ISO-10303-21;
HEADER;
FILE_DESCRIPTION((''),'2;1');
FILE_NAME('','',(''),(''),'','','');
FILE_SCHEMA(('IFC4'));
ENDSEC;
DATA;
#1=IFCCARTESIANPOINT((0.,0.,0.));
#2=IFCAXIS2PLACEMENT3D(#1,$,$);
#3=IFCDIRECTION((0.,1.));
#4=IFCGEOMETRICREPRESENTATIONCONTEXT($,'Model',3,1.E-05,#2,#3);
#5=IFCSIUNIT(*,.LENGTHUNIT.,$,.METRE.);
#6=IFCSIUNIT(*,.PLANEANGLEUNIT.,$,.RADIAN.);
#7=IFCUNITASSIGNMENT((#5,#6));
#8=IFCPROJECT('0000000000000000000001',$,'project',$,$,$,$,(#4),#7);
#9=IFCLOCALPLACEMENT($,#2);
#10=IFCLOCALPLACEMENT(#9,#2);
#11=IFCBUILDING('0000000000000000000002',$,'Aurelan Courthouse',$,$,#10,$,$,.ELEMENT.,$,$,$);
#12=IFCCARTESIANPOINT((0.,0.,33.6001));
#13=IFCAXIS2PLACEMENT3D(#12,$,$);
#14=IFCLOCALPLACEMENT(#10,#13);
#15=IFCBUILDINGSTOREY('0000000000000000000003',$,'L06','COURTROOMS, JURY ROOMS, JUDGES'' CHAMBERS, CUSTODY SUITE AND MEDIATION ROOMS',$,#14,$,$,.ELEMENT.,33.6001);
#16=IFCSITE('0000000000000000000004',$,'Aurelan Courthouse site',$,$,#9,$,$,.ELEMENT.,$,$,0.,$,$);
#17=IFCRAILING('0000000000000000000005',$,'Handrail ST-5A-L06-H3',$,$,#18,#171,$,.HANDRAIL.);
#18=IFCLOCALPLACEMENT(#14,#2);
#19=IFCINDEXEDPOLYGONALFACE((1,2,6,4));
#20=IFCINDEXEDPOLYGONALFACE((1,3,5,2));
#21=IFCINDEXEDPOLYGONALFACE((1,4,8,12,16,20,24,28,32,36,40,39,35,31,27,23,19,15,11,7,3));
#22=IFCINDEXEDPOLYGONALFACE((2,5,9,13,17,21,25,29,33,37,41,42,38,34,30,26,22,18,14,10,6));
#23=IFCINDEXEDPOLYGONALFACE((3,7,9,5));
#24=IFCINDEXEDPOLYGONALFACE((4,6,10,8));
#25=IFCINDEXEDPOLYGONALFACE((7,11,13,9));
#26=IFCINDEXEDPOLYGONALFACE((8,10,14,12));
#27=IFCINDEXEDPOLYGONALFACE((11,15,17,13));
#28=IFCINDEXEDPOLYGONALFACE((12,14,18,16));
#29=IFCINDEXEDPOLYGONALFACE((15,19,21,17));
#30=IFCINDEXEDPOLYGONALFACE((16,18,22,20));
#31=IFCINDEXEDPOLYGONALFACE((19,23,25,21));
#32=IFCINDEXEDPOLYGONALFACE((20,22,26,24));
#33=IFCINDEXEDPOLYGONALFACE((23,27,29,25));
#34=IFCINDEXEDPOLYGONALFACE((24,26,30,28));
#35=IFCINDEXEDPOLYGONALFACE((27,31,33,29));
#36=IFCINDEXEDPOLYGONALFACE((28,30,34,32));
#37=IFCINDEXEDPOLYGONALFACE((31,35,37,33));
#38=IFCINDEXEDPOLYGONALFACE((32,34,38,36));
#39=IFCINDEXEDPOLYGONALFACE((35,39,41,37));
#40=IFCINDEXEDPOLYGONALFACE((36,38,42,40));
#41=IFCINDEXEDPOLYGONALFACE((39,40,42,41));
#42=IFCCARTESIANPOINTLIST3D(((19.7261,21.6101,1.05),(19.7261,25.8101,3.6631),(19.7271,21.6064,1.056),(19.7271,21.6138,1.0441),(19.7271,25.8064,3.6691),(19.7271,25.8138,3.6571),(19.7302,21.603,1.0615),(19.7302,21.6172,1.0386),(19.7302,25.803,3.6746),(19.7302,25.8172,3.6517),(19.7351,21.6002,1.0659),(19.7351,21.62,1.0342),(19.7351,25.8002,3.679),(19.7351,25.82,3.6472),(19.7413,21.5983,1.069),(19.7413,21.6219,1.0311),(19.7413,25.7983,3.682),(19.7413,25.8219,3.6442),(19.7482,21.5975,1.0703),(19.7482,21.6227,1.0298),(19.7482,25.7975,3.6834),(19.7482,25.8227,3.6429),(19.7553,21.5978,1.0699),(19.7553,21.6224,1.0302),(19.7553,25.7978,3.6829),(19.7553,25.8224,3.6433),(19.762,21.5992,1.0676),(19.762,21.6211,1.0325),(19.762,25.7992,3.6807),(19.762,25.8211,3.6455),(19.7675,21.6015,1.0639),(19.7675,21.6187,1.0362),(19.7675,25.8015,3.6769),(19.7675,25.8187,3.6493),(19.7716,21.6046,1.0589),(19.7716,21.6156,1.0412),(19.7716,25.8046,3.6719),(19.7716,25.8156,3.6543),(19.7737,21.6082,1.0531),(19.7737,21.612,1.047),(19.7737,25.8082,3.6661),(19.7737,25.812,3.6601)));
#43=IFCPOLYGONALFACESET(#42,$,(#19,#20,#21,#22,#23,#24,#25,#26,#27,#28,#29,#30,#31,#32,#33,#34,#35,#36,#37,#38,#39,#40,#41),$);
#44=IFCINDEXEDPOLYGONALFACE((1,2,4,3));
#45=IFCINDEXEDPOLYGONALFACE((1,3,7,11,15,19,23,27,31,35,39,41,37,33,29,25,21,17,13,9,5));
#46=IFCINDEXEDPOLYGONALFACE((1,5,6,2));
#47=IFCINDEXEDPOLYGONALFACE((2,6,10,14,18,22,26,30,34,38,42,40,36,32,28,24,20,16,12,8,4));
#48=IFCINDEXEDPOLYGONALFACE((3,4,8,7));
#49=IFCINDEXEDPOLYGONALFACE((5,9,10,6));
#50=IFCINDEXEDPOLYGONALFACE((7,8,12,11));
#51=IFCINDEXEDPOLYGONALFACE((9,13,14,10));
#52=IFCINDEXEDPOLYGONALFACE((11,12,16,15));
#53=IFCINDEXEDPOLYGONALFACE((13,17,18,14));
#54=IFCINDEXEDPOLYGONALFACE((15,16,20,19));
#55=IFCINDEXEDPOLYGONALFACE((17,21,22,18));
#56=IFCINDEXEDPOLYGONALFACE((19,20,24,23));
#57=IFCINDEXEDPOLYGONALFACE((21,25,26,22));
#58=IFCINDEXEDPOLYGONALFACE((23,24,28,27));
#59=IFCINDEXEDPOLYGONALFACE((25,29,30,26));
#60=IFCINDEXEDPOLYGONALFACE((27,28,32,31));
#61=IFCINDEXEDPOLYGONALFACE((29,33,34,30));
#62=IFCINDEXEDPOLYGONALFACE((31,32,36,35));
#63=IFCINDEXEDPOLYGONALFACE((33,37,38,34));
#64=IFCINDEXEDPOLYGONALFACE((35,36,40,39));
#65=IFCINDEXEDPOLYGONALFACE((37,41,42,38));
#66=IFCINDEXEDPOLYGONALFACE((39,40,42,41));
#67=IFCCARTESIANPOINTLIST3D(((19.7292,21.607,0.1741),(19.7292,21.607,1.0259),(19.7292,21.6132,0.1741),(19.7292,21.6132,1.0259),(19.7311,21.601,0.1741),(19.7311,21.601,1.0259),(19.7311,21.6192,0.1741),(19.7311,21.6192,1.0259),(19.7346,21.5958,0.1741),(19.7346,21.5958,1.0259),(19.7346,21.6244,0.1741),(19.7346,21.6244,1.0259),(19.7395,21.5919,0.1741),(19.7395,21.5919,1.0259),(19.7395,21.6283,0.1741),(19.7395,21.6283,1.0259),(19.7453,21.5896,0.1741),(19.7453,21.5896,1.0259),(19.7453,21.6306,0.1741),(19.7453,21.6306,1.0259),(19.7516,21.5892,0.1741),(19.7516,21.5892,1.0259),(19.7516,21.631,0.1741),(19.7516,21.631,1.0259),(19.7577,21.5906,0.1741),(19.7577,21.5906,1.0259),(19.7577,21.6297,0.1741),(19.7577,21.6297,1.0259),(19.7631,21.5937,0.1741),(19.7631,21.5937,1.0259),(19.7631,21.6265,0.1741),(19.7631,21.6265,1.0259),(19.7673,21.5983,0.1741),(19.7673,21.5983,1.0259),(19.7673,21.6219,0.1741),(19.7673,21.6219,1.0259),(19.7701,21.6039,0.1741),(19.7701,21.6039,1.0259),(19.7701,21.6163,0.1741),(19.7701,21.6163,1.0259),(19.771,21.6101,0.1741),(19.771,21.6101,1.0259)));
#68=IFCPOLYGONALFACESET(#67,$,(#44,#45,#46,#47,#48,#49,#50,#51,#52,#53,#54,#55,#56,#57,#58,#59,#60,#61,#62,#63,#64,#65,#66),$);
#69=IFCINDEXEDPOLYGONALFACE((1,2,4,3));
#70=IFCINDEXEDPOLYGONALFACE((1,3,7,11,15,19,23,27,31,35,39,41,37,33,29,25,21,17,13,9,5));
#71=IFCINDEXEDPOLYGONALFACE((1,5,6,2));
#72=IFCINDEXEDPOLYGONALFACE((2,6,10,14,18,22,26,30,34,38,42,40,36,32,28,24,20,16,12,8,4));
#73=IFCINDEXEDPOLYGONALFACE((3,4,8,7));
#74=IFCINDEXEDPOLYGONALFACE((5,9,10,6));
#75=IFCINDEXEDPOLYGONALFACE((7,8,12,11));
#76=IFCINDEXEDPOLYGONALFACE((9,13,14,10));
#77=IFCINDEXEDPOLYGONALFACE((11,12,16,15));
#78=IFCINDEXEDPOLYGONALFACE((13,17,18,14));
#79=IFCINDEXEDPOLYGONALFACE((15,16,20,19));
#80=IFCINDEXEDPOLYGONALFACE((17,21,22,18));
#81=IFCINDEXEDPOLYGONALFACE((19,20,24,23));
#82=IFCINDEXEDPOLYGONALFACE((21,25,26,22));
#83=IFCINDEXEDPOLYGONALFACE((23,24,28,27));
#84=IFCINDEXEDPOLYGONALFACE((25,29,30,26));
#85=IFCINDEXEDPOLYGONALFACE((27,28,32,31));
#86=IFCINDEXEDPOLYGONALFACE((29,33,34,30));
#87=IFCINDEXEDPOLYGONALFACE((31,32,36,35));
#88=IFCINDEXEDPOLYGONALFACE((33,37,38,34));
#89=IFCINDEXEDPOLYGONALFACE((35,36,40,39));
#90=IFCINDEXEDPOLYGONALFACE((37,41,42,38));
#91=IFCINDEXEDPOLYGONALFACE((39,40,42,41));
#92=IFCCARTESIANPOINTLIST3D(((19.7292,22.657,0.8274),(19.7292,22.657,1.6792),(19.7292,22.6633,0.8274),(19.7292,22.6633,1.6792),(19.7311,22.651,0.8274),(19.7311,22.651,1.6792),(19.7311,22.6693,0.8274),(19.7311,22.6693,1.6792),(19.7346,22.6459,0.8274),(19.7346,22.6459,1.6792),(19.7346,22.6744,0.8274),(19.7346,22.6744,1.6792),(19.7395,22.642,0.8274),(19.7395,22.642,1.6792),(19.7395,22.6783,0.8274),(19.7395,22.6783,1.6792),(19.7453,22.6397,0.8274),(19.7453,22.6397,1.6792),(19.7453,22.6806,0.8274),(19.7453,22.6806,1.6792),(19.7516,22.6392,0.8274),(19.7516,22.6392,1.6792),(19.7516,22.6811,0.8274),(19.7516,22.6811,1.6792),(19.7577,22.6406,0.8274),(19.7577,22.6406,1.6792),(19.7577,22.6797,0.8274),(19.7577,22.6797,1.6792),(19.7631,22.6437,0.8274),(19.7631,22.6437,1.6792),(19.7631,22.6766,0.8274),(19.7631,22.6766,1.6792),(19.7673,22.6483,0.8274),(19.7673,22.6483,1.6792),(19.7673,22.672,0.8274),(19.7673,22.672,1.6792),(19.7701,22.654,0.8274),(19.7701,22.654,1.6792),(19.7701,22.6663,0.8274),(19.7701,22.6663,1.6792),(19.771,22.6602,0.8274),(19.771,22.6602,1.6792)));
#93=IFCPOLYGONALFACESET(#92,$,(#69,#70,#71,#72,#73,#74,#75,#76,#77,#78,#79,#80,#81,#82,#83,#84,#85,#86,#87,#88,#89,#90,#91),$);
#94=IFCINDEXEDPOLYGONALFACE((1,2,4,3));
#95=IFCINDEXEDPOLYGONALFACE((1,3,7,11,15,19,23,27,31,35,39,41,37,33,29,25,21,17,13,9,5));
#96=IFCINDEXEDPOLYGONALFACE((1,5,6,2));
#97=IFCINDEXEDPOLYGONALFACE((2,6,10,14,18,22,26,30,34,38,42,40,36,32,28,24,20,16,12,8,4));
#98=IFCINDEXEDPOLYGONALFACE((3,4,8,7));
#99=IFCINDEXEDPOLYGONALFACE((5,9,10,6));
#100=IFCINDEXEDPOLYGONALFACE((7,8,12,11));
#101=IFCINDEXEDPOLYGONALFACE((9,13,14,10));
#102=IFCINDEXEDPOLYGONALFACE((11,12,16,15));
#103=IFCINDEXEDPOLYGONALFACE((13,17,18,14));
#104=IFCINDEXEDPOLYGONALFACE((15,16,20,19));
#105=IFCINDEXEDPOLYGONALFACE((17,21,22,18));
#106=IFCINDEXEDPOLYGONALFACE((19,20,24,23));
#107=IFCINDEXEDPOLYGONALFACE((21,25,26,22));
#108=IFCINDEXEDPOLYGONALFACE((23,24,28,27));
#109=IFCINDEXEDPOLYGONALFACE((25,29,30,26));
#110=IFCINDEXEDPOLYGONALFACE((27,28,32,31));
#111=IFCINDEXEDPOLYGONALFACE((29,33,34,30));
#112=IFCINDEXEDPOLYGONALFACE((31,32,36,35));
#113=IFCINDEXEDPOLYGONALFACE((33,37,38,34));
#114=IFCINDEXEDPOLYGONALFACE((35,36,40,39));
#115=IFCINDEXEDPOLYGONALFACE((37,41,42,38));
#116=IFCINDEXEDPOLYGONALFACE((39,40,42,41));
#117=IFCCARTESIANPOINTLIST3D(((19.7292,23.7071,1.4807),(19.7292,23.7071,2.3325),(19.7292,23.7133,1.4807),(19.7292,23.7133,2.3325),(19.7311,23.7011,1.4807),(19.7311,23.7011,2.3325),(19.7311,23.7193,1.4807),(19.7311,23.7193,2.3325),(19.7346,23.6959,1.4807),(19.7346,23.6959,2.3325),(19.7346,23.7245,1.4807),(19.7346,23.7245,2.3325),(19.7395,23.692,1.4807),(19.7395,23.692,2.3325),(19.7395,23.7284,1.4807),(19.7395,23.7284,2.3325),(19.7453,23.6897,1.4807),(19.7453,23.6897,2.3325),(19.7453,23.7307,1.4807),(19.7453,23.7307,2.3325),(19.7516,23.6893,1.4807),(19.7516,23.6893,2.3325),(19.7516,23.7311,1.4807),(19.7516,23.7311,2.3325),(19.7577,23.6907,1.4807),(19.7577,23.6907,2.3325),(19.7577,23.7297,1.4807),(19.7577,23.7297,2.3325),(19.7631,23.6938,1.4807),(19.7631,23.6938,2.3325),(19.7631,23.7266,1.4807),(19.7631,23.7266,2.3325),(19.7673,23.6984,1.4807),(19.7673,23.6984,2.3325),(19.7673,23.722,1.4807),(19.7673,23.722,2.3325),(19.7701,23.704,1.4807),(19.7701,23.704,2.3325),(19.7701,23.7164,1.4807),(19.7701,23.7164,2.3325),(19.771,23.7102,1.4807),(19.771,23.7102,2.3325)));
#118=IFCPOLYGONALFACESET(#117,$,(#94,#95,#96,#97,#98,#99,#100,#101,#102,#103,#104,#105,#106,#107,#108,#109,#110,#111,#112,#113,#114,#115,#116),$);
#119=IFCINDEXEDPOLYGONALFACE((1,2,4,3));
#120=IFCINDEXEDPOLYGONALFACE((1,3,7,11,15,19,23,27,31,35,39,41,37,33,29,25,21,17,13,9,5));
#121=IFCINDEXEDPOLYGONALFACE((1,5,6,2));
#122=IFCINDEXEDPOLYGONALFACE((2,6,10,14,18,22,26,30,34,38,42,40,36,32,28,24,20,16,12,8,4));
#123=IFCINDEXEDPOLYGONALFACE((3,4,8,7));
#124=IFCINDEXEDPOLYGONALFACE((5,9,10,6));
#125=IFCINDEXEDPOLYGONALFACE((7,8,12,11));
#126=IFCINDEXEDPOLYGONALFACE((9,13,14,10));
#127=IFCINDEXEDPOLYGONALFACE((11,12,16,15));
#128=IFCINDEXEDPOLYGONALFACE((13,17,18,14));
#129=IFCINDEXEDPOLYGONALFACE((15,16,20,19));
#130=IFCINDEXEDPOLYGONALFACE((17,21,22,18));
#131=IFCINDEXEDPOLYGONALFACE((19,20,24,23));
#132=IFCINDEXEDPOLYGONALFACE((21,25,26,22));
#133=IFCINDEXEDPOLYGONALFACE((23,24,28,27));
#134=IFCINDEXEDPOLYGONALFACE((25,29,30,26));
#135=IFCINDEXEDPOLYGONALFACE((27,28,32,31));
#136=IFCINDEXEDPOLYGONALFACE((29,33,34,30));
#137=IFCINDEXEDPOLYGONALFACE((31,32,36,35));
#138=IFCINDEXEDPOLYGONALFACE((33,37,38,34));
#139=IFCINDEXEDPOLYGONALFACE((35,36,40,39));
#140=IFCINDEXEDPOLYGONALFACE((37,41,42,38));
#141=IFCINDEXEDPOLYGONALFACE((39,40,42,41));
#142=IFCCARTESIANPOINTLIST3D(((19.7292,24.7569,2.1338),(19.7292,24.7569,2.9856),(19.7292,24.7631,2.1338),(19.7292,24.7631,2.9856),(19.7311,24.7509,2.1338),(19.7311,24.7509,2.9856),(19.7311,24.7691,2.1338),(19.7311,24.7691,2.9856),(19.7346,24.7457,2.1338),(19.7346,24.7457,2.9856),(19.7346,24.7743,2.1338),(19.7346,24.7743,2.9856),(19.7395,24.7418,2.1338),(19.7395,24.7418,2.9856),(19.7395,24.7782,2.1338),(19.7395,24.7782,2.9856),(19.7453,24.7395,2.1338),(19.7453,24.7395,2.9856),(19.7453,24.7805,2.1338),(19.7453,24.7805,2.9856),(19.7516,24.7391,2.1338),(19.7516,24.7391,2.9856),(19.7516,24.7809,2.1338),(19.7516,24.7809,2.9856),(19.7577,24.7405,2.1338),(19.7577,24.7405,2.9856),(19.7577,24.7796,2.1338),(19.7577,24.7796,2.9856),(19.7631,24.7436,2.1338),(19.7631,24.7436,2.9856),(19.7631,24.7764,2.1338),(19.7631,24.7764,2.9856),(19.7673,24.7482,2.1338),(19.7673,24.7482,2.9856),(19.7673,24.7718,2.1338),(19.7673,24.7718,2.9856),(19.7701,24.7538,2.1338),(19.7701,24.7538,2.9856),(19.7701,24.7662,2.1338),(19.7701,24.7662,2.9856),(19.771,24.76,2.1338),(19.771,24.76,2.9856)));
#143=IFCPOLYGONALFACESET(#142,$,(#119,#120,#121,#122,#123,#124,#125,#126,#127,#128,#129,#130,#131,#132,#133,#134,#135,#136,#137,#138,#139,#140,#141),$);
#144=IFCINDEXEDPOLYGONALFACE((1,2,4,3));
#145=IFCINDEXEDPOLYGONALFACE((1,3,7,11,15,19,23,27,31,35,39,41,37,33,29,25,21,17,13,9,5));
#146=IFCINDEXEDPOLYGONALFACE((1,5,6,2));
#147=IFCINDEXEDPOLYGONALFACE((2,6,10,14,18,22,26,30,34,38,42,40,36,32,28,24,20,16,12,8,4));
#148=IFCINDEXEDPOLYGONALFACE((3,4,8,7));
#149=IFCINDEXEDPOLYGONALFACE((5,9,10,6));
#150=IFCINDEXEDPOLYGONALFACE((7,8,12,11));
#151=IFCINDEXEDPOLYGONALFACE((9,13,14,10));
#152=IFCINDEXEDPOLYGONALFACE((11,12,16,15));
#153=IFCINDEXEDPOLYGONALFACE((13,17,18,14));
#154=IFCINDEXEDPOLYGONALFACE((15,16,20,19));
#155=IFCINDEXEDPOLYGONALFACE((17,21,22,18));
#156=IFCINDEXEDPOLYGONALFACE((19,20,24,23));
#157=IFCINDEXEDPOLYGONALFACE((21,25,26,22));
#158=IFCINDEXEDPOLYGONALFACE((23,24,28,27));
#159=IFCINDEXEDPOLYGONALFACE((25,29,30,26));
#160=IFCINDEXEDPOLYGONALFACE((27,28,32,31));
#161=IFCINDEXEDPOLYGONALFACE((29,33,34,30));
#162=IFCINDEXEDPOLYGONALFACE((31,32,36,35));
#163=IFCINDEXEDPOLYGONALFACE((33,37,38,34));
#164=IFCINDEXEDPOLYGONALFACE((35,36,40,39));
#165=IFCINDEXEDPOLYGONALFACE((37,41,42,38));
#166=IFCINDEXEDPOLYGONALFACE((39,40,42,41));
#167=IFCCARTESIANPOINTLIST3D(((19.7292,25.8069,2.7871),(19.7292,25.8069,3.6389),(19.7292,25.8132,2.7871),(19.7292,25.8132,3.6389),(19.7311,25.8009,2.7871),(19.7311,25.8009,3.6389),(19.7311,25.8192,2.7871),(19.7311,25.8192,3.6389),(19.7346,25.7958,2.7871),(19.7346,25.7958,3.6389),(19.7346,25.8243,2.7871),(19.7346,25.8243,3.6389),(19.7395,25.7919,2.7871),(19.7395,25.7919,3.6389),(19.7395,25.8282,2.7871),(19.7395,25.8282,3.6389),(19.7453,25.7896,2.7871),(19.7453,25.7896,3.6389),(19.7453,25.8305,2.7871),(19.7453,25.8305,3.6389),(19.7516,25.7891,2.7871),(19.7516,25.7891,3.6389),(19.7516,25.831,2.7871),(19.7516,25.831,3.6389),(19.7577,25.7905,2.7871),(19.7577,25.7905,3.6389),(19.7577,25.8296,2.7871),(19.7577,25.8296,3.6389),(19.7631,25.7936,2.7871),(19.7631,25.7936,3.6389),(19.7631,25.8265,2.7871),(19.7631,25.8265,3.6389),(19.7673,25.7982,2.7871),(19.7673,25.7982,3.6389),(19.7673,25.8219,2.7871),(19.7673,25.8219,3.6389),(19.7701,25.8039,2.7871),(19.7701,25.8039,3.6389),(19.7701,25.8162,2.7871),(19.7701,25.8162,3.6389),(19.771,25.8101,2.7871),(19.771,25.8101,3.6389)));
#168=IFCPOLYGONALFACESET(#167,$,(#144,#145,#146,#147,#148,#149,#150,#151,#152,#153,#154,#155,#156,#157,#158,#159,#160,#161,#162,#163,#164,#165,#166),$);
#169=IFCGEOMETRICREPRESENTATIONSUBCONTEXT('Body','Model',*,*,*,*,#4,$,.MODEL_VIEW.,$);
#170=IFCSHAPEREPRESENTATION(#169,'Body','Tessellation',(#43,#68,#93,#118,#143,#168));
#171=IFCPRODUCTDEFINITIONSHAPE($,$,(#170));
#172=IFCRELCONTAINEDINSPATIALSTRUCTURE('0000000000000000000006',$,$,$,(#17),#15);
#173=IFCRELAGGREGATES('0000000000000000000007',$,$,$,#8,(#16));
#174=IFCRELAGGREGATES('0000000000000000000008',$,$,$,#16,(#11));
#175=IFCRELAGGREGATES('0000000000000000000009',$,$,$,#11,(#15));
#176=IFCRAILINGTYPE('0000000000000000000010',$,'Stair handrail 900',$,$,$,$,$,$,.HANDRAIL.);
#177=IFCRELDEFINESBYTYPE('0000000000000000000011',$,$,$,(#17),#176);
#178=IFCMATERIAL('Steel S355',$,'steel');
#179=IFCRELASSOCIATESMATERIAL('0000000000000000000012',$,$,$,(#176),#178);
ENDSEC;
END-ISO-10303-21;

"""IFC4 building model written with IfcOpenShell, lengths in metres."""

from ifc_helpers import new_model, si_unit, direction, frame, origin, origin_2d, place, context, subcontext, project, spatial, circle, extrude, material, type_object, element, save


model = new_model("IFC4")

# Units and contexts
model_context = context("Model", 3, precision=1e-05, world=origin(), true_north=direction((0.0, 1.0)))
body_context = subcontext(model_context, "Body", "Model", "MODEL_VIEW")
ifc_project = project(units=[si_unit("LENGTHUNIT", "METRE"), si_unit("PLANEANGLEUNIT", "RADIAN")], contexts=[model_context])

# Site, building, storey
site_placement = place(None, origin())
site = spatial("IfcSite", under=ifc_project, at=site_placement, Name="Aurelan Courthouse site", CompositionType="ELEMENT", RefElevation=0.0)
building_placement = place(site_placement, origin())
building = spatial("IfcBuilding", under=site, at=building_placement, Name="Aurelan Courthouse", CompositionType="ELEMENT")
storey_placement = place(building_placement, frame((0.0, 0.0, 33.6001)))
storey = spatial("IfcBuildingStorey", under=building, at=storey_placement, Name="L06", Description="COURTROOMS, JURY ROOMS, JUDGES' CHAMBERS, CUSTODY SUITE AND MEDIATION ROOMS", CompositionType="ELEMENT", Elevation=33.6001)

# Railing
ifc_material_1 = material(Name="Steel S355", Category="steel")
railing_type_1 = type_object("IfcRailingType", Name="Stair handrail 900", PredefinedType="HANDRAIL", material=ifc_material_1)
for number, where, name in (
    (1, (19.75, 21.6101, 0.1741), "Handrail ST-5A-L06-H3"),
):
    element("IfcRailing", number, at=place(storey_placement, frame(where)), inside=storey, type_object=railing_type_1, Name=name, PredefinedType="HANDRAIL", context=body_context, shape_type="SweptSolid", body=[
        extrude(circle(Radius=0.0239, at=origin_2d()), frame((0.0, 0.0, 0.876), z_axis=(0.0, 0.849081, 0.528263), x_axis=(-1.0, 0.0, 0.0)), (0.0, 0.0, 1.0), 4.9465),
        extrude(circle(Radius=0.021, at=origin_2d()), origin(), (0.0, 0.0, 1.0), 0.8518),
        extrude(circle(Radius=0.021, at=origin_2d()), frame((0.0, 1.05, 0.6533)), (0.0, 0.0, 1.0), 0.8518),
        extrude(circle(Radius=0.021, at=origin_2d()), frame((0.0, 2.1001, 1.3066)), (0.0, 0.0, 1.0), 0.8518),
        extrude(circle(Radius=0.021, at=origin_2d()), frame((0.0, 3.1499, 1.9597)), (0.0, 0.0, 1.0), 0.8518),
        extrude(circle(Radius=0.021, at=origin_2d()), frame((0.0, 4.2, 2.613)), (0.0, 0.0, 1.0), 0.8518),
    ])

save(model, "model.ifc")
